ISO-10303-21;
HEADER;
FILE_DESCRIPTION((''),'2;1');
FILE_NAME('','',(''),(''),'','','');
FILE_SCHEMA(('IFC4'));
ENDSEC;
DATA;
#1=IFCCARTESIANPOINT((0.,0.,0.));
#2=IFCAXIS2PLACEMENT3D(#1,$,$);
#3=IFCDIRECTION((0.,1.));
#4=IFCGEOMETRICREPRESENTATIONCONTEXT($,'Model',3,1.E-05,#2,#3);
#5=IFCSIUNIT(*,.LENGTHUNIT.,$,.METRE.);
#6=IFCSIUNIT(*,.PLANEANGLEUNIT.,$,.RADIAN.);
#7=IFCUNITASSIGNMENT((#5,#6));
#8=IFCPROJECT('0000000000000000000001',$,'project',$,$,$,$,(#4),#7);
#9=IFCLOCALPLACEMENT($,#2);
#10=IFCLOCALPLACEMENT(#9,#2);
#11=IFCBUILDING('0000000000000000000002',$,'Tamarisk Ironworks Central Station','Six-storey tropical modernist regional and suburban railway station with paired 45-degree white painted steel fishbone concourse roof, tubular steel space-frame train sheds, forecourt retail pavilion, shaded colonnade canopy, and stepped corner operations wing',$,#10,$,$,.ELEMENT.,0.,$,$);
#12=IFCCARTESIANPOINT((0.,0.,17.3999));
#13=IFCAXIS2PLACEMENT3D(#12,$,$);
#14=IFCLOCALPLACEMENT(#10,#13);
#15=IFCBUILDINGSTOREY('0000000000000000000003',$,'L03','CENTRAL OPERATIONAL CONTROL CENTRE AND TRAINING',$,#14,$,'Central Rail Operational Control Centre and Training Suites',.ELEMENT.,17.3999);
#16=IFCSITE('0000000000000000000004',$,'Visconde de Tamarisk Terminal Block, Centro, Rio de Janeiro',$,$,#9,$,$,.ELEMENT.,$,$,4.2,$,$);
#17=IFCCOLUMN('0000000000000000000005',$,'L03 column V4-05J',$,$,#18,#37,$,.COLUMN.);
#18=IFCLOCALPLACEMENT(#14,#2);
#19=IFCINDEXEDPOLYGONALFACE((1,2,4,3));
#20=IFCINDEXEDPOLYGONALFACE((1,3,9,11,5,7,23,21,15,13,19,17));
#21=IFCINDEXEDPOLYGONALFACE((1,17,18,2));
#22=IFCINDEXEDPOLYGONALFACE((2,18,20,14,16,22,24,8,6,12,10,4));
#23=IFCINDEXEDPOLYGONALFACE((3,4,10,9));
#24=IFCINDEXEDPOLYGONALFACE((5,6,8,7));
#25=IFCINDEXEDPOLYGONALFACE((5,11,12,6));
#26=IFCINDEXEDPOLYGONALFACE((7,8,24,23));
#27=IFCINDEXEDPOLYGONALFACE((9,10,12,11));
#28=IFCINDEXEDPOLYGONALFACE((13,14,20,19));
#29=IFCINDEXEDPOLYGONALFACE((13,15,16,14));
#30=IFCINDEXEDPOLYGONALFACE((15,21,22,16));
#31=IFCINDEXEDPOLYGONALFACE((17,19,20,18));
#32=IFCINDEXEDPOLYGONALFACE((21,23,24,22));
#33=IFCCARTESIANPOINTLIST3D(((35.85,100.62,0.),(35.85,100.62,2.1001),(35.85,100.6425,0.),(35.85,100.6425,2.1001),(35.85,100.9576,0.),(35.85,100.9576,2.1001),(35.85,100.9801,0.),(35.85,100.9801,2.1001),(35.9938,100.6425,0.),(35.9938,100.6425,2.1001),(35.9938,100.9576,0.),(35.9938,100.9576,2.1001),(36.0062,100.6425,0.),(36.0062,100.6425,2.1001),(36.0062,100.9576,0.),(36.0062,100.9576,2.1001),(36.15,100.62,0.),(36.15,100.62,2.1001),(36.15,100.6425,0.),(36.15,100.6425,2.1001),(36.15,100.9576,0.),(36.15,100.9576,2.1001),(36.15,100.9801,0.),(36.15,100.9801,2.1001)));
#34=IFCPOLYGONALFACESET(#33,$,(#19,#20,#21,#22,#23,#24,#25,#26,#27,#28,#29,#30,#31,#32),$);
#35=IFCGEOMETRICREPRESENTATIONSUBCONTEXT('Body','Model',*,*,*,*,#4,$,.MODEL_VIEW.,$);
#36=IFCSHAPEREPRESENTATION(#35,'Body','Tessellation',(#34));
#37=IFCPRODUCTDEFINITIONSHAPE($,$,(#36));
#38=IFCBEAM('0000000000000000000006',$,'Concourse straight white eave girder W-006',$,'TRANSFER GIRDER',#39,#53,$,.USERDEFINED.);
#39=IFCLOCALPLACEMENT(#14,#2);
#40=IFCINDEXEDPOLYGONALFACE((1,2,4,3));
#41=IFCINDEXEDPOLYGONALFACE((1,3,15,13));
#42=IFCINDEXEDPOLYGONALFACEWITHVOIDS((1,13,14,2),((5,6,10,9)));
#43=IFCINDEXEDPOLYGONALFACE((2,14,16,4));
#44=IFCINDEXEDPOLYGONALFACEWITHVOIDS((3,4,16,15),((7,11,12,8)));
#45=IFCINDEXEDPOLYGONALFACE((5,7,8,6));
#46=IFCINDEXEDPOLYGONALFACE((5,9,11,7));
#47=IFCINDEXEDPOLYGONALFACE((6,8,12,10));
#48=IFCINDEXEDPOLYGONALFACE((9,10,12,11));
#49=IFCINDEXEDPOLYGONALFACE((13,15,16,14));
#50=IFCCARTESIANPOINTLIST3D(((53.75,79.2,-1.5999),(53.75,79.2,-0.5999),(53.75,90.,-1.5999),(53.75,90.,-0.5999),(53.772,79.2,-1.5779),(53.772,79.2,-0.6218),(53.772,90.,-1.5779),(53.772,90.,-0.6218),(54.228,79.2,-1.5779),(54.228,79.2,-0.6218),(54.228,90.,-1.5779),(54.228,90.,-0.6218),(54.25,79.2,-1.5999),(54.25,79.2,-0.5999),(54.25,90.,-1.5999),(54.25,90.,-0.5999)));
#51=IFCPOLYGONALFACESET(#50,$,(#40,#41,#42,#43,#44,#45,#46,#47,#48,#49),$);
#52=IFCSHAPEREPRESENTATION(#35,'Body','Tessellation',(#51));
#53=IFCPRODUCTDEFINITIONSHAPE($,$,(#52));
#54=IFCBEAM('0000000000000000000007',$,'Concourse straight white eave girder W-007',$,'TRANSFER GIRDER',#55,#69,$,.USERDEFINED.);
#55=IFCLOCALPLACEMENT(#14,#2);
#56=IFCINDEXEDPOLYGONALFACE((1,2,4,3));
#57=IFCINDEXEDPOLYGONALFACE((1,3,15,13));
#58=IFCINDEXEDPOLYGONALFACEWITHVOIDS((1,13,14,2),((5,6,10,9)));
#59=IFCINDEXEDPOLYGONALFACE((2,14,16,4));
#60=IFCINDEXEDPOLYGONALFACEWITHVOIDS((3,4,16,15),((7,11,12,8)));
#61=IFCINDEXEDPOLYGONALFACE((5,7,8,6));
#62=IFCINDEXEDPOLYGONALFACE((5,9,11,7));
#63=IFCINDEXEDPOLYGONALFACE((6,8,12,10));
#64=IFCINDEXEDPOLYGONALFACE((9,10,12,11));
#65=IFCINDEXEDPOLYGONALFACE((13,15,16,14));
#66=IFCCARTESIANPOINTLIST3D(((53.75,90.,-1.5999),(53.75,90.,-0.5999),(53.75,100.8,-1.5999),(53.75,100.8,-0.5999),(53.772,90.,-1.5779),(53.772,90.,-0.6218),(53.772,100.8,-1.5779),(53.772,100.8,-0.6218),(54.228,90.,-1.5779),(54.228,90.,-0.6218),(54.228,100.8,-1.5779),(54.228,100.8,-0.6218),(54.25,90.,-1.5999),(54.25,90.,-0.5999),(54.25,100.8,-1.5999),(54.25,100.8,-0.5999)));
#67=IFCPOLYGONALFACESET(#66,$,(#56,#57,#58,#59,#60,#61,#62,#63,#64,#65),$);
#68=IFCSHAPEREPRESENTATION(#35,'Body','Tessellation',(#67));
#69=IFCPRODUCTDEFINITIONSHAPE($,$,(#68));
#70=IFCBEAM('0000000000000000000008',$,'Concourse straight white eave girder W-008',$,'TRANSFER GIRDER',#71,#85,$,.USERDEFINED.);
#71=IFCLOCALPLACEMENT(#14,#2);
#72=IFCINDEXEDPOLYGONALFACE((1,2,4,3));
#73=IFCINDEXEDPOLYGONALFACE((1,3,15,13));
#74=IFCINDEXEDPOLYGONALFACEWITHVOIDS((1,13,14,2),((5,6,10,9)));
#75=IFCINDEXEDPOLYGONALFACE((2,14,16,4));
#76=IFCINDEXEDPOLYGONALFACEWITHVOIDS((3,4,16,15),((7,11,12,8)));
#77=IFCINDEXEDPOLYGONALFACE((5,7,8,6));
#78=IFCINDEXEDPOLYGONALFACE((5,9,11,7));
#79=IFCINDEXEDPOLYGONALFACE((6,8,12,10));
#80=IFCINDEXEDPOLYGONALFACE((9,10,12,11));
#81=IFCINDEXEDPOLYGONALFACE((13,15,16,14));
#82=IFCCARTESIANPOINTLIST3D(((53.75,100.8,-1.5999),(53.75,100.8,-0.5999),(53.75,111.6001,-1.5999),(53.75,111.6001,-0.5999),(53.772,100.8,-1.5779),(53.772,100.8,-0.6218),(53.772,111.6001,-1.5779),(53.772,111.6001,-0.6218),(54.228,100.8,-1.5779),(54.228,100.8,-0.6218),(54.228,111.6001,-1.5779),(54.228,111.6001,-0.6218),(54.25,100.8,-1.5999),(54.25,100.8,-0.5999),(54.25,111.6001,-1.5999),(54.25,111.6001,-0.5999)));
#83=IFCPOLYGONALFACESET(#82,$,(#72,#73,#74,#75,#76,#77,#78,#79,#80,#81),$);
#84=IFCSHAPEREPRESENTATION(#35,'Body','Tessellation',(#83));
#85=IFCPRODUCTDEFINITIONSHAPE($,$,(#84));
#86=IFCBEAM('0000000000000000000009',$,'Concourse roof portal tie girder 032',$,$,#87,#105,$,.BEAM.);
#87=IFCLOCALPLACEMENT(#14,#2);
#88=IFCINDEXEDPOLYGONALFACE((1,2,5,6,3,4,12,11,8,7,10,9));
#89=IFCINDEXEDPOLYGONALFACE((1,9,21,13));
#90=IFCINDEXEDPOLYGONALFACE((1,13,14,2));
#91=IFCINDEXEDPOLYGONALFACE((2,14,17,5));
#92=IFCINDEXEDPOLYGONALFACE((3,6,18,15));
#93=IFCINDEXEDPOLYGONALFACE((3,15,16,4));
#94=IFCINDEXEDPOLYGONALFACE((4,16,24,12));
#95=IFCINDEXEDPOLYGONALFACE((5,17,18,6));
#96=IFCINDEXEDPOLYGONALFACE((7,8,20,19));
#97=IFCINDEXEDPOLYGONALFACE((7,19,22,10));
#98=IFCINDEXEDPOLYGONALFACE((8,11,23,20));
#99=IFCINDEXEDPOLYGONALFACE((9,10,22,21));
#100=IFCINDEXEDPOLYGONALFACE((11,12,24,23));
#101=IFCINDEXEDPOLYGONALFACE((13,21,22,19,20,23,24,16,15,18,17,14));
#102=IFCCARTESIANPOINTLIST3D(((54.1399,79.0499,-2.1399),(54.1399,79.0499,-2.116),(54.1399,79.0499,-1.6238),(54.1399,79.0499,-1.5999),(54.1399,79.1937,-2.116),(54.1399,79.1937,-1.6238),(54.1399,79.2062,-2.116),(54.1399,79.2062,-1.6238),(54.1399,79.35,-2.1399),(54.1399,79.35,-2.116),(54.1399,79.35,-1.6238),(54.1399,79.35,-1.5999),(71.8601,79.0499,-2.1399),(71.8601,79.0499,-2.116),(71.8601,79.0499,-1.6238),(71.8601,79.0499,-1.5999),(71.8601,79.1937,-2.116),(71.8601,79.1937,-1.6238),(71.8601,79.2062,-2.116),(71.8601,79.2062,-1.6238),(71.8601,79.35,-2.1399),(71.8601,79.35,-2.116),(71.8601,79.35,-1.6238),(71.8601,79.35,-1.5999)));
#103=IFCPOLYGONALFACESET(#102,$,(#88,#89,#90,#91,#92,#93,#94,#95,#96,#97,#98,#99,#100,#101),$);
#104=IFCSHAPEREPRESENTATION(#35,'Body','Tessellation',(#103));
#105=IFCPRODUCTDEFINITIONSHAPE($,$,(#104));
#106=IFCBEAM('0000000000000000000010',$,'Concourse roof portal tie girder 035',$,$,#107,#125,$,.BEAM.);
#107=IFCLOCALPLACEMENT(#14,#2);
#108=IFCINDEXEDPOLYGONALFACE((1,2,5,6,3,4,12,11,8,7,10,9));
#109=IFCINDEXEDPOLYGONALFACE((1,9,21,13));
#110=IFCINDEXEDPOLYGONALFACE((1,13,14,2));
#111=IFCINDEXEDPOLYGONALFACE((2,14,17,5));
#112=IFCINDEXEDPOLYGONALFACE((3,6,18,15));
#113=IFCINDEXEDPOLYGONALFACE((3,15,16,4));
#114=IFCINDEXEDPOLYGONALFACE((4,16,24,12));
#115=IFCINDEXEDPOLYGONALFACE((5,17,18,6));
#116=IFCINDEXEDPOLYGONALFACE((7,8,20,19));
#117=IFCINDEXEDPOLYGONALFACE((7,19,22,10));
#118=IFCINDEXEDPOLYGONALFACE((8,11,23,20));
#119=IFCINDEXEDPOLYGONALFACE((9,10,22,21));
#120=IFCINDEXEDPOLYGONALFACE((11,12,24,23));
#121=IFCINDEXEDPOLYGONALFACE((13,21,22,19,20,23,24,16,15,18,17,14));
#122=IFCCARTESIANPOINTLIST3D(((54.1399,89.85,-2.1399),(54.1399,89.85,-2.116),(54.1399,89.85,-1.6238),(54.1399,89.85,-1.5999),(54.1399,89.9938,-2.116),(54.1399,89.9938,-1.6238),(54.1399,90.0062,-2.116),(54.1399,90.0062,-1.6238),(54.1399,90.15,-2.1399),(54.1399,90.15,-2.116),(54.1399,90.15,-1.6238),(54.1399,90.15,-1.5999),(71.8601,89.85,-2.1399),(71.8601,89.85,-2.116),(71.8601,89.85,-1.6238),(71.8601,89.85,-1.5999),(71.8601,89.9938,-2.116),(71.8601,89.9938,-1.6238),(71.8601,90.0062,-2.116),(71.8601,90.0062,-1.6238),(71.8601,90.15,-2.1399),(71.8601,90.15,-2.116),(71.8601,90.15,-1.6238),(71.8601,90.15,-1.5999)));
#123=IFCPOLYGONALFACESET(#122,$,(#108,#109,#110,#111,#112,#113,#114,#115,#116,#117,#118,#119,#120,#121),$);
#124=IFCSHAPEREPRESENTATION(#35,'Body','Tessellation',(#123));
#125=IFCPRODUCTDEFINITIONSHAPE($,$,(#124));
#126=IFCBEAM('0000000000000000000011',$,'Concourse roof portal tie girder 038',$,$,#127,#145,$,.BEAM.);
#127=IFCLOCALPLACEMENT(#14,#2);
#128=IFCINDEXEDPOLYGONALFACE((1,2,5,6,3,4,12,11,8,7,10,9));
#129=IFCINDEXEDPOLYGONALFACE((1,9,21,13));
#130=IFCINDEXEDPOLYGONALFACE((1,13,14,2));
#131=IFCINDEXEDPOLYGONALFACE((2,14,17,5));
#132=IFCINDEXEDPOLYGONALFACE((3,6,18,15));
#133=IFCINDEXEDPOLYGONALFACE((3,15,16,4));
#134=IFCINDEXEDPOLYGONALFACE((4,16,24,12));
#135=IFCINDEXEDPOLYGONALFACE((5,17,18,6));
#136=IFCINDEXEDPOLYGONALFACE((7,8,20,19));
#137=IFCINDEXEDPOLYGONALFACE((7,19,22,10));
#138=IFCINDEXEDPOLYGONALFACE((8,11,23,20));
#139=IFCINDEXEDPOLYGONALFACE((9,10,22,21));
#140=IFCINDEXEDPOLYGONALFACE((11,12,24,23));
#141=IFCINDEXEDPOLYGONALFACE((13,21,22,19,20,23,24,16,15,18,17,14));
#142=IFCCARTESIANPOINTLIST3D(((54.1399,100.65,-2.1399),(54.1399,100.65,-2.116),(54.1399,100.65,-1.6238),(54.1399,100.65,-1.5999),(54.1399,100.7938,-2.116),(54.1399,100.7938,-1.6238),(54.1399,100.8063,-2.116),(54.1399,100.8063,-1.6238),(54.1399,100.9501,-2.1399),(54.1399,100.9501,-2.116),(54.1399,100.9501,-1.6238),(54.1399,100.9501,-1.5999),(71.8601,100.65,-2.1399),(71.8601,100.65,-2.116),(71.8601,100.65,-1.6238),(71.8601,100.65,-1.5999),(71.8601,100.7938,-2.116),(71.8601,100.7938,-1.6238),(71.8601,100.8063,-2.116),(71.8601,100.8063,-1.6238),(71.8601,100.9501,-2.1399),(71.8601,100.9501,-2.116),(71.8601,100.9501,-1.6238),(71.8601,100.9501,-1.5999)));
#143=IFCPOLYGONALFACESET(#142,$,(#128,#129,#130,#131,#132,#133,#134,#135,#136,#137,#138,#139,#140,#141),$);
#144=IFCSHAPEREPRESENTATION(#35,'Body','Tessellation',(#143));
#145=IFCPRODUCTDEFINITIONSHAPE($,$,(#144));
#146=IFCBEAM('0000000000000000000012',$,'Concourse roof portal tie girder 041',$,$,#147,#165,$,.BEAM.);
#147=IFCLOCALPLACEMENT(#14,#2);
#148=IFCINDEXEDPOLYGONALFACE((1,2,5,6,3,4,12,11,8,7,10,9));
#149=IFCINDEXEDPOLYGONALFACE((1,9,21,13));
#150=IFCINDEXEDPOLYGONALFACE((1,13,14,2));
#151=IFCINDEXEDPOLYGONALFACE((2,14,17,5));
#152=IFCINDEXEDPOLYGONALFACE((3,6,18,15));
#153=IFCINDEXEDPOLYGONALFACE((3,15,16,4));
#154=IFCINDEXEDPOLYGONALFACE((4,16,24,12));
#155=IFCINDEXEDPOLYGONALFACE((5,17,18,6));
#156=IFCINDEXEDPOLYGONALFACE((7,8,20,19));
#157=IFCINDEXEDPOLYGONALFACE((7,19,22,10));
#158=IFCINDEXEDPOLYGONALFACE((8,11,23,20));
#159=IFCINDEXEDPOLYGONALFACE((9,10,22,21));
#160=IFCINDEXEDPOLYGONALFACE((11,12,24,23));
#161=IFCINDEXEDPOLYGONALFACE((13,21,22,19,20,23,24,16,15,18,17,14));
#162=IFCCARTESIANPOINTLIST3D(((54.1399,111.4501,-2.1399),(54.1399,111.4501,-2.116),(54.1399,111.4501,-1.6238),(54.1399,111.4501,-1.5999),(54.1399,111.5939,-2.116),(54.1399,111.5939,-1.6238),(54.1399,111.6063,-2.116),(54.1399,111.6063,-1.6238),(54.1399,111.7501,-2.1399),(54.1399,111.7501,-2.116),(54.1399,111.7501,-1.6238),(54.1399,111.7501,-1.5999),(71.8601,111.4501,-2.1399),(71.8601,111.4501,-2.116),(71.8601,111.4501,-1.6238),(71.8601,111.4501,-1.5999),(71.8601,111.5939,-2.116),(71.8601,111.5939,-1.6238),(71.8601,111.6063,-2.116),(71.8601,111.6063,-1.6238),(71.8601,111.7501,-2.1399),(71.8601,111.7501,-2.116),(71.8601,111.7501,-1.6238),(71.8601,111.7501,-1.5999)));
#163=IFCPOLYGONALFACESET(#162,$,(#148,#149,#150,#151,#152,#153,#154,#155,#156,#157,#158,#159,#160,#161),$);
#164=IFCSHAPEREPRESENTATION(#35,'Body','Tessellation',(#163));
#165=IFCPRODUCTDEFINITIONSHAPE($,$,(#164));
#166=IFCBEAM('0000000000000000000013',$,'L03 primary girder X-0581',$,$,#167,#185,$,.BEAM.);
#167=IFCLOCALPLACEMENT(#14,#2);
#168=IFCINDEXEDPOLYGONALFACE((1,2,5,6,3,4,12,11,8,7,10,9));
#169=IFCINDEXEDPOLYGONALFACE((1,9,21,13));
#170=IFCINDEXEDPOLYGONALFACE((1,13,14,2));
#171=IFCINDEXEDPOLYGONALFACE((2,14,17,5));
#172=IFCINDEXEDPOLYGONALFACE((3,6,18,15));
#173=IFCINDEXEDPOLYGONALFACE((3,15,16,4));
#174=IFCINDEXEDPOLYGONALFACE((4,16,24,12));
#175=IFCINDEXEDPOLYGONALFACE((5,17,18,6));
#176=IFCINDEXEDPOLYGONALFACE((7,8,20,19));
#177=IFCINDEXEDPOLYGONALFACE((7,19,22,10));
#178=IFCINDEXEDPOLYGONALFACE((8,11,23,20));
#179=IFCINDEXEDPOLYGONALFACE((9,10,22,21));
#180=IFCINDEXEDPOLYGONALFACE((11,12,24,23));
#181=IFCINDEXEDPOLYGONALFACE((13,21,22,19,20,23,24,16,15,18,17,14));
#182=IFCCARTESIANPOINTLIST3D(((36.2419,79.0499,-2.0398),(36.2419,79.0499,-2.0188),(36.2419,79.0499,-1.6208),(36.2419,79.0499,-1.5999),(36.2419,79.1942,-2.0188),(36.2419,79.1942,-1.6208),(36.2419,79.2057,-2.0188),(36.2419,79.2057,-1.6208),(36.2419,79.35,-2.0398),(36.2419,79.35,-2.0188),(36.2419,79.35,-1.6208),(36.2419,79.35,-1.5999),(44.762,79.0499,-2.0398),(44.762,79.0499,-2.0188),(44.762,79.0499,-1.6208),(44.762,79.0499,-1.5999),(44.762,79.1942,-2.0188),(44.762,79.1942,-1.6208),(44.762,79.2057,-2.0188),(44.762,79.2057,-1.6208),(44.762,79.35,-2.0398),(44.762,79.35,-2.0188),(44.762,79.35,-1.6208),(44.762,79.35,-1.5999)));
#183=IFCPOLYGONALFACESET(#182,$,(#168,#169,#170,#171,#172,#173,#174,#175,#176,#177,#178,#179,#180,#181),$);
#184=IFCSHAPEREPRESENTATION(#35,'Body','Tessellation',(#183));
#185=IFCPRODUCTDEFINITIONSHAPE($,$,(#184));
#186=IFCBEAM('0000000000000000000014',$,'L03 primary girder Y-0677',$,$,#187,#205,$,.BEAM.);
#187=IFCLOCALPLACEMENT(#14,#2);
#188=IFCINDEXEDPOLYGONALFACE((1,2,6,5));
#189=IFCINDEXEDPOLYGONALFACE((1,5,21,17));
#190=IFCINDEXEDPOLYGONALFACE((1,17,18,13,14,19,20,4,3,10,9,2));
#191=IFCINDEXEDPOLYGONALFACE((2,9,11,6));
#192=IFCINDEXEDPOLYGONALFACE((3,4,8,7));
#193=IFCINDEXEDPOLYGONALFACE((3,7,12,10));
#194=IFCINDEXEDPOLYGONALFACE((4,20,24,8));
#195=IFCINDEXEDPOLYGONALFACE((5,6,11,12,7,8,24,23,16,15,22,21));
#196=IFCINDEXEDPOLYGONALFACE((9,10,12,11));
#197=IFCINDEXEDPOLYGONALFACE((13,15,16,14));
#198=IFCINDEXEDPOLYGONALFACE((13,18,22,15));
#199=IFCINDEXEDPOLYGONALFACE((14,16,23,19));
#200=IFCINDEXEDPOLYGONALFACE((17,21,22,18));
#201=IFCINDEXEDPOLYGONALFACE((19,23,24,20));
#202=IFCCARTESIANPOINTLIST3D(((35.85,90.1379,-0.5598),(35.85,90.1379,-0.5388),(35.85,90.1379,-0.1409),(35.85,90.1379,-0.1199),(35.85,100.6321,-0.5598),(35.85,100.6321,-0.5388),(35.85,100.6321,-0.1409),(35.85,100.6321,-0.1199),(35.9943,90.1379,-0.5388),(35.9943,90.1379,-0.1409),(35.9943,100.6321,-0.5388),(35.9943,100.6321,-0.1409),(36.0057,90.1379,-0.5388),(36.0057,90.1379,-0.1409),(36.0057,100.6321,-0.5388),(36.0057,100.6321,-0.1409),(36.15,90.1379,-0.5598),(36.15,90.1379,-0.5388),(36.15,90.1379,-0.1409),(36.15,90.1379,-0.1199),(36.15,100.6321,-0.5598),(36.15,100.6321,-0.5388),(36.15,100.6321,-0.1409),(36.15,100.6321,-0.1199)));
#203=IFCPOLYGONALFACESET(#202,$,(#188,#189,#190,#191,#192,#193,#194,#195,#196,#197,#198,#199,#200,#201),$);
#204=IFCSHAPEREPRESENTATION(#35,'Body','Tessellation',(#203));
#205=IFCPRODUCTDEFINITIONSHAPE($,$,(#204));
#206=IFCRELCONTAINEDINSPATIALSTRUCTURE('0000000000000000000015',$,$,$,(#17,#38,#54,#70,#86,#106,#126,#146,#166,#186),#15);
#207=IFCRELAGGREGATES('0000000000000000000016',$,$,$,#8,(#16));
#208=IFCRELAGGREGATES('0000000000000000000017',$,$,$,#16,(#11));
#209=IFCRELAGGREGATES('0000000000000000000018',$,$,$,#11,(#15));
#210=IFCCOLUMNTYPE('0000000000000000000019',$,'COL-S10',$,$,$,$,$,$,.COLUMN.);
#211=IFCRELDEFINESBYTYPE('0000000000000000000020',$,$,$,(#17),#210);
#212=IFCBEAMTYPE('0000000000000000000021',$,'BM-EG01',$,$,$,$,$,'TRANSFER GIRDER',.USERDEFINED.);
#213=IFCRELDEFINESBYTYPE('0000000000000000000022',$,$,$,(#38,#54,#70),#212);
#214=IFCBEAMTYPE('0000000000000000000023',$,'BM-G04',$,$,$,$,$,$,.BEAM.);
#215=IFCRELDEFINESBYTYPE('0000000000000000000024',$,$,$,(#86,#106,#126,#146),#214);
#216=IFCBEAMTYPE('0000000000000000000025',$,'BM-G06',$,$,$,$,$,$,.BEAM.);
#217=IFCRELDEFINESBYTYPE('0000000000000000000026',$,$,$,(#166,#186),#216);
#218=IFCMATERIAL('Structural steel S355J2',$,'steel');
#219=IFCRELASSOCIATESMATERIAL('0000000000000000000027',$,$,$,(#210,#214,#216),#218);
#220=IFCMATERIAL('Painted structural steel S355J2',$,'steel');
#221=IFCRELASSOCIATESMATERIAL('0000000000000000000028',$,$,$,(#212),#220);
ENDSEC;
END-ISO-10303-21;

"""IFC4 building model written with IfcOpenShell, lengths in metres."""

from ifc_helpers import new_model, si_unit, direction, frame, origin, origin_2d, place, context, subcontext, project, spatial, hollow_rectangle, i_section, extrude, material, material_profile, profile_set, type_object, element, save


model = new_model("IFC4")

# Units and contexts
model_context = context("Model", 3, precision=1e-05, world=origin(), true_north=direction((0.0, 1.0)))
body_context = subcontext(model_context, "Body", "Model", "MODEL_VIEW")
ifc_project = project(units=[si_unit("LENGTHUNIT", "METRE"), si_unit("PLANEANGLEUNIT", "RADIAN")], contexts=[model_context])

# Site, building, storey
site_placement = place(None, origin())
site = spatial("IfcSite", under=ifc_project, at=site_placement, Name="Visconde de Tamarisk Terminal Block, Centro, Rio de Janeiro", CompositionType="ELEMENT", RefElevation=4.2)
building_placement = place(site_placement, origin())
building = spatial("IfcBuilding", under=site, at=building_placement, Name="Tamarisk Ironworks Central Station", Description="Six-storey tropical modernist regional and suburban railway station with paired 45-degree white painted steel fishbone concourse roof, tubular steel space-frame train sheds, forecourt retail pavilion, shaded colonnade canopy, and stepped corner operations wing", CompositionType="ELEMENT", ElevationOfRefHeight=0.0)
storey_placement = place(building_placement, frame((0.0, 0.0, 17.3999)))
storey = spatial("IfcBuildingStorey", under=building, at=storey_placement, Name="L03", Description="CENTRAL OPERATIONAL CONTROL CENTRE AND TRAINING", LongName="Central Rail Operational Control Centre and Training Suites", CompositionType="ELEMENT", Elevation=17.3999)

# Column
ifc_material_1 = material(Name="Structural steel S355J2", Category="steel")
ifc_material_profile_1 = material_profile(ifc_material_1, i_section(OverallWidth=0.3, OverallDepth=0.3601, WebThickness=0.0125, FlangeThickness=0.0225, at=origin_2d()), Name="HEB 360")
ifc_profile_set_1 = profile_set([ifc_material_profile_1], Name="Structural steel S355J2")
column_type = type_object("IfcColumnType", Name="COL-S10", PredefinedType="COLUMN", material=ifc_profile_set_1)
column_placement = place(storey_placement, frame((36.0, 100.8, 0.0), z_axis=(0.0, 0.0, 1.0), x_axis=(1.0, 0.0, 0.0)))
element("IfcColumn", 1, at=column_placement, inside=storey, type_object=column_type, Name="L03 column V4-05J", PredefinedType="COLUMN", context=body_context, shape_type="SweptSolid", body=[
    extrude(i_section(OverallWidth=0.3, OverallDepth=0.3601, WebThickness=0.0125, FlangeThickness=0.0225, at=origin_2d()), origin(), (0.0, 0.0, 1.0), 2.1001),
])

# Beams
ifc_material_2 = material(Name="Painted structural steel S355J2", Category="steel")
ifc_material_profile_2 = material_profile(ifc_material_2, hollow_rectangle(XDim=0.5, YDim=1.0, WallThickness=0.022, at=origin_2d()), Name="BOX 500x1000x22")
ifc_profile_set_2 = profile_set([ifc_material_profile_2], Name="Painted structural steel S355J2")
beam_type_1 = type_object("IfcBeamType", Name="BM-EG01", ElementType="TRANSFER GIRDER", PredefinedType="USERDEFINED", material=ifc_profile_set_2)
for number, where, z_axis, x_axis, name in (
    (2, (54.0, 79.2, -1.0999), (0.0, 1.0, 0.0), (-1.0, 0.0, 0.0), "Concourse straight white eave girder W-006"),
    (3, (54.0, 90.0, -1.0999), (0.0, 1.0, 0.0), (-1.0, 0.0, 0.0), "Concourse straight white eave girder W-007"),
    (4, (54.0, 100.8, -1.0999), (0.0, 1.0, 0.0), (-1.0, 0.0, 0.0), "Concourse straight white eave girder W-008"),
):
    element("IfcBeam", number, at=place(storey_placement, frame(where, z_axis=z_axis, x_axis=x_axis)), inside=storey, type_object=beam_type_1, Name=name, ObjectType="TRANSFER GIRDER", PredefinedType="USERDEFINED", context=body_context, shape_type="SweptSolid", body=[
        extrude(hollow_rectangle(XDim=0.5, YDim=1.0, WallThickness=0.022, at=origin_2d()), origin(), (0.0, 0.0, 1.0), 10.8),
    ])
ifc_material_profile_3 = material_profile(ifc_material_1, i_section(OverallWidth=0.3, OverallDepth=0.54, WebThickness=0.0125, FlangeThickness=0.0239, at=origin_2d()), Name="HEA 550")
ifc_profile_set_3 = profile_set([ifc_material_profile_3], Name="Structural steel S355J2")
beam_type_2 = type_object("IfcBeamType", Name="BM-G04", PredefinedType="BEAM", material=ifc_profile_set_3)
for number, where, z_axis, x_axis, name in (
    (5, (54.1399, 79.2, -1.8699), (1.0, 0.0, 0.0), (0.0, 1.0, 0.0), "Concourse roof portal tie girder 032"),
    (6, (54.1399, 90.0, -1.8699), (1.0, 0.0, 0.0), (0.0, 1.0, 0.0), "Concourse roof portal tie girder 035"),
    (7, (54.1399, 100.8, -1.8699), (1.0, 0.0, 0.0), (0.0, 1.0, 0.0), "Concourse roof portal tie girder 038"),
    (8, (54.1399, 111.6001, -1.8699), (1.0, 0.0, 0.0), (0.0, 1.0, 0.0), "Concourse roof portal tie girder 041"),
):
    element("IfcBeam", number, at=place(storey_placement, frame(where, z_axis=z_axis, x_axis=x_axis)), inside=storey, type_object=beam_type_2, Name=name, PredefinedType="BEAM", context=body_context, shape_type="SweptSolid", body=[
        extrude(i_section(OverallWidth=0.3, OverallDepth=0.54, WebThickness=0.0125, FlangeThickness=0.0239, at=origin_2d()), origin(), (0.0, 0.0, 1.0), 17.7202),
    ])
ifc_material_profile_4 = material_profile(ifc_material_1, i_section(OverallWidth=0.3, OverallDepth=0.4399, WebThickness=0.0115, FlangeThickness=0.021, at=origin_2d()), Name="HEA 450")
ifc_profile_set_4 = profile_set([ifc_material_profile_4], Name="Structural steel S355J2")
beam_type_3 = type_object("IfcBeamType", Name="BM-G06", PredefinedType="BEAM", material=ifc_profile_set_4)
beam_1_placement = place(storey_placement, frame((36.2419, 79.2, -1.8198), z_axis=(1.0, 0.0, 0.0), x_axis=(0.0, 1.0, 0.0)))
element("IfcBeam", 9, at=beam_1_placement, inside=storey, type_object=beam_type_3, Name="L03 primary girder X-0581", PredefinedType="BEAM", context=body_context, shape_type="SweptSolid", body=[
    extrude(i_section(OverallWidth=0.3, OverallDepth=0.4399, WebThickness=0.0115, FlangeThickness=0.021, at=origin_2d()), origin(), (0.0, 0.0, 1.0), 8.52),
])
beam_2_placement = place(storey_placement, frame((36.0, 90.1379, -0.3398), z_axis=(0.0, 1.0, 0.0), x_axis=(-1.0, 0.0, 0.0)))
element("IfcBeam", 10, at=beam_2_placement, inside=storey, type_object=beam_type_3, Name="L03 primary girder Y-0677", PredefinedType="BEAM", context=body_context, shape_type="SweptSolid", body=[
    extrude(i_section(OverallWidth=0.3, OverallDepth=0.4399, WebThickness=0.0115, FlangeThickness=0.021, at=origin_2d()), origin(), (0.0, 0.0, 1.0), 10.4941),
])

save(model, "model.ifc")
